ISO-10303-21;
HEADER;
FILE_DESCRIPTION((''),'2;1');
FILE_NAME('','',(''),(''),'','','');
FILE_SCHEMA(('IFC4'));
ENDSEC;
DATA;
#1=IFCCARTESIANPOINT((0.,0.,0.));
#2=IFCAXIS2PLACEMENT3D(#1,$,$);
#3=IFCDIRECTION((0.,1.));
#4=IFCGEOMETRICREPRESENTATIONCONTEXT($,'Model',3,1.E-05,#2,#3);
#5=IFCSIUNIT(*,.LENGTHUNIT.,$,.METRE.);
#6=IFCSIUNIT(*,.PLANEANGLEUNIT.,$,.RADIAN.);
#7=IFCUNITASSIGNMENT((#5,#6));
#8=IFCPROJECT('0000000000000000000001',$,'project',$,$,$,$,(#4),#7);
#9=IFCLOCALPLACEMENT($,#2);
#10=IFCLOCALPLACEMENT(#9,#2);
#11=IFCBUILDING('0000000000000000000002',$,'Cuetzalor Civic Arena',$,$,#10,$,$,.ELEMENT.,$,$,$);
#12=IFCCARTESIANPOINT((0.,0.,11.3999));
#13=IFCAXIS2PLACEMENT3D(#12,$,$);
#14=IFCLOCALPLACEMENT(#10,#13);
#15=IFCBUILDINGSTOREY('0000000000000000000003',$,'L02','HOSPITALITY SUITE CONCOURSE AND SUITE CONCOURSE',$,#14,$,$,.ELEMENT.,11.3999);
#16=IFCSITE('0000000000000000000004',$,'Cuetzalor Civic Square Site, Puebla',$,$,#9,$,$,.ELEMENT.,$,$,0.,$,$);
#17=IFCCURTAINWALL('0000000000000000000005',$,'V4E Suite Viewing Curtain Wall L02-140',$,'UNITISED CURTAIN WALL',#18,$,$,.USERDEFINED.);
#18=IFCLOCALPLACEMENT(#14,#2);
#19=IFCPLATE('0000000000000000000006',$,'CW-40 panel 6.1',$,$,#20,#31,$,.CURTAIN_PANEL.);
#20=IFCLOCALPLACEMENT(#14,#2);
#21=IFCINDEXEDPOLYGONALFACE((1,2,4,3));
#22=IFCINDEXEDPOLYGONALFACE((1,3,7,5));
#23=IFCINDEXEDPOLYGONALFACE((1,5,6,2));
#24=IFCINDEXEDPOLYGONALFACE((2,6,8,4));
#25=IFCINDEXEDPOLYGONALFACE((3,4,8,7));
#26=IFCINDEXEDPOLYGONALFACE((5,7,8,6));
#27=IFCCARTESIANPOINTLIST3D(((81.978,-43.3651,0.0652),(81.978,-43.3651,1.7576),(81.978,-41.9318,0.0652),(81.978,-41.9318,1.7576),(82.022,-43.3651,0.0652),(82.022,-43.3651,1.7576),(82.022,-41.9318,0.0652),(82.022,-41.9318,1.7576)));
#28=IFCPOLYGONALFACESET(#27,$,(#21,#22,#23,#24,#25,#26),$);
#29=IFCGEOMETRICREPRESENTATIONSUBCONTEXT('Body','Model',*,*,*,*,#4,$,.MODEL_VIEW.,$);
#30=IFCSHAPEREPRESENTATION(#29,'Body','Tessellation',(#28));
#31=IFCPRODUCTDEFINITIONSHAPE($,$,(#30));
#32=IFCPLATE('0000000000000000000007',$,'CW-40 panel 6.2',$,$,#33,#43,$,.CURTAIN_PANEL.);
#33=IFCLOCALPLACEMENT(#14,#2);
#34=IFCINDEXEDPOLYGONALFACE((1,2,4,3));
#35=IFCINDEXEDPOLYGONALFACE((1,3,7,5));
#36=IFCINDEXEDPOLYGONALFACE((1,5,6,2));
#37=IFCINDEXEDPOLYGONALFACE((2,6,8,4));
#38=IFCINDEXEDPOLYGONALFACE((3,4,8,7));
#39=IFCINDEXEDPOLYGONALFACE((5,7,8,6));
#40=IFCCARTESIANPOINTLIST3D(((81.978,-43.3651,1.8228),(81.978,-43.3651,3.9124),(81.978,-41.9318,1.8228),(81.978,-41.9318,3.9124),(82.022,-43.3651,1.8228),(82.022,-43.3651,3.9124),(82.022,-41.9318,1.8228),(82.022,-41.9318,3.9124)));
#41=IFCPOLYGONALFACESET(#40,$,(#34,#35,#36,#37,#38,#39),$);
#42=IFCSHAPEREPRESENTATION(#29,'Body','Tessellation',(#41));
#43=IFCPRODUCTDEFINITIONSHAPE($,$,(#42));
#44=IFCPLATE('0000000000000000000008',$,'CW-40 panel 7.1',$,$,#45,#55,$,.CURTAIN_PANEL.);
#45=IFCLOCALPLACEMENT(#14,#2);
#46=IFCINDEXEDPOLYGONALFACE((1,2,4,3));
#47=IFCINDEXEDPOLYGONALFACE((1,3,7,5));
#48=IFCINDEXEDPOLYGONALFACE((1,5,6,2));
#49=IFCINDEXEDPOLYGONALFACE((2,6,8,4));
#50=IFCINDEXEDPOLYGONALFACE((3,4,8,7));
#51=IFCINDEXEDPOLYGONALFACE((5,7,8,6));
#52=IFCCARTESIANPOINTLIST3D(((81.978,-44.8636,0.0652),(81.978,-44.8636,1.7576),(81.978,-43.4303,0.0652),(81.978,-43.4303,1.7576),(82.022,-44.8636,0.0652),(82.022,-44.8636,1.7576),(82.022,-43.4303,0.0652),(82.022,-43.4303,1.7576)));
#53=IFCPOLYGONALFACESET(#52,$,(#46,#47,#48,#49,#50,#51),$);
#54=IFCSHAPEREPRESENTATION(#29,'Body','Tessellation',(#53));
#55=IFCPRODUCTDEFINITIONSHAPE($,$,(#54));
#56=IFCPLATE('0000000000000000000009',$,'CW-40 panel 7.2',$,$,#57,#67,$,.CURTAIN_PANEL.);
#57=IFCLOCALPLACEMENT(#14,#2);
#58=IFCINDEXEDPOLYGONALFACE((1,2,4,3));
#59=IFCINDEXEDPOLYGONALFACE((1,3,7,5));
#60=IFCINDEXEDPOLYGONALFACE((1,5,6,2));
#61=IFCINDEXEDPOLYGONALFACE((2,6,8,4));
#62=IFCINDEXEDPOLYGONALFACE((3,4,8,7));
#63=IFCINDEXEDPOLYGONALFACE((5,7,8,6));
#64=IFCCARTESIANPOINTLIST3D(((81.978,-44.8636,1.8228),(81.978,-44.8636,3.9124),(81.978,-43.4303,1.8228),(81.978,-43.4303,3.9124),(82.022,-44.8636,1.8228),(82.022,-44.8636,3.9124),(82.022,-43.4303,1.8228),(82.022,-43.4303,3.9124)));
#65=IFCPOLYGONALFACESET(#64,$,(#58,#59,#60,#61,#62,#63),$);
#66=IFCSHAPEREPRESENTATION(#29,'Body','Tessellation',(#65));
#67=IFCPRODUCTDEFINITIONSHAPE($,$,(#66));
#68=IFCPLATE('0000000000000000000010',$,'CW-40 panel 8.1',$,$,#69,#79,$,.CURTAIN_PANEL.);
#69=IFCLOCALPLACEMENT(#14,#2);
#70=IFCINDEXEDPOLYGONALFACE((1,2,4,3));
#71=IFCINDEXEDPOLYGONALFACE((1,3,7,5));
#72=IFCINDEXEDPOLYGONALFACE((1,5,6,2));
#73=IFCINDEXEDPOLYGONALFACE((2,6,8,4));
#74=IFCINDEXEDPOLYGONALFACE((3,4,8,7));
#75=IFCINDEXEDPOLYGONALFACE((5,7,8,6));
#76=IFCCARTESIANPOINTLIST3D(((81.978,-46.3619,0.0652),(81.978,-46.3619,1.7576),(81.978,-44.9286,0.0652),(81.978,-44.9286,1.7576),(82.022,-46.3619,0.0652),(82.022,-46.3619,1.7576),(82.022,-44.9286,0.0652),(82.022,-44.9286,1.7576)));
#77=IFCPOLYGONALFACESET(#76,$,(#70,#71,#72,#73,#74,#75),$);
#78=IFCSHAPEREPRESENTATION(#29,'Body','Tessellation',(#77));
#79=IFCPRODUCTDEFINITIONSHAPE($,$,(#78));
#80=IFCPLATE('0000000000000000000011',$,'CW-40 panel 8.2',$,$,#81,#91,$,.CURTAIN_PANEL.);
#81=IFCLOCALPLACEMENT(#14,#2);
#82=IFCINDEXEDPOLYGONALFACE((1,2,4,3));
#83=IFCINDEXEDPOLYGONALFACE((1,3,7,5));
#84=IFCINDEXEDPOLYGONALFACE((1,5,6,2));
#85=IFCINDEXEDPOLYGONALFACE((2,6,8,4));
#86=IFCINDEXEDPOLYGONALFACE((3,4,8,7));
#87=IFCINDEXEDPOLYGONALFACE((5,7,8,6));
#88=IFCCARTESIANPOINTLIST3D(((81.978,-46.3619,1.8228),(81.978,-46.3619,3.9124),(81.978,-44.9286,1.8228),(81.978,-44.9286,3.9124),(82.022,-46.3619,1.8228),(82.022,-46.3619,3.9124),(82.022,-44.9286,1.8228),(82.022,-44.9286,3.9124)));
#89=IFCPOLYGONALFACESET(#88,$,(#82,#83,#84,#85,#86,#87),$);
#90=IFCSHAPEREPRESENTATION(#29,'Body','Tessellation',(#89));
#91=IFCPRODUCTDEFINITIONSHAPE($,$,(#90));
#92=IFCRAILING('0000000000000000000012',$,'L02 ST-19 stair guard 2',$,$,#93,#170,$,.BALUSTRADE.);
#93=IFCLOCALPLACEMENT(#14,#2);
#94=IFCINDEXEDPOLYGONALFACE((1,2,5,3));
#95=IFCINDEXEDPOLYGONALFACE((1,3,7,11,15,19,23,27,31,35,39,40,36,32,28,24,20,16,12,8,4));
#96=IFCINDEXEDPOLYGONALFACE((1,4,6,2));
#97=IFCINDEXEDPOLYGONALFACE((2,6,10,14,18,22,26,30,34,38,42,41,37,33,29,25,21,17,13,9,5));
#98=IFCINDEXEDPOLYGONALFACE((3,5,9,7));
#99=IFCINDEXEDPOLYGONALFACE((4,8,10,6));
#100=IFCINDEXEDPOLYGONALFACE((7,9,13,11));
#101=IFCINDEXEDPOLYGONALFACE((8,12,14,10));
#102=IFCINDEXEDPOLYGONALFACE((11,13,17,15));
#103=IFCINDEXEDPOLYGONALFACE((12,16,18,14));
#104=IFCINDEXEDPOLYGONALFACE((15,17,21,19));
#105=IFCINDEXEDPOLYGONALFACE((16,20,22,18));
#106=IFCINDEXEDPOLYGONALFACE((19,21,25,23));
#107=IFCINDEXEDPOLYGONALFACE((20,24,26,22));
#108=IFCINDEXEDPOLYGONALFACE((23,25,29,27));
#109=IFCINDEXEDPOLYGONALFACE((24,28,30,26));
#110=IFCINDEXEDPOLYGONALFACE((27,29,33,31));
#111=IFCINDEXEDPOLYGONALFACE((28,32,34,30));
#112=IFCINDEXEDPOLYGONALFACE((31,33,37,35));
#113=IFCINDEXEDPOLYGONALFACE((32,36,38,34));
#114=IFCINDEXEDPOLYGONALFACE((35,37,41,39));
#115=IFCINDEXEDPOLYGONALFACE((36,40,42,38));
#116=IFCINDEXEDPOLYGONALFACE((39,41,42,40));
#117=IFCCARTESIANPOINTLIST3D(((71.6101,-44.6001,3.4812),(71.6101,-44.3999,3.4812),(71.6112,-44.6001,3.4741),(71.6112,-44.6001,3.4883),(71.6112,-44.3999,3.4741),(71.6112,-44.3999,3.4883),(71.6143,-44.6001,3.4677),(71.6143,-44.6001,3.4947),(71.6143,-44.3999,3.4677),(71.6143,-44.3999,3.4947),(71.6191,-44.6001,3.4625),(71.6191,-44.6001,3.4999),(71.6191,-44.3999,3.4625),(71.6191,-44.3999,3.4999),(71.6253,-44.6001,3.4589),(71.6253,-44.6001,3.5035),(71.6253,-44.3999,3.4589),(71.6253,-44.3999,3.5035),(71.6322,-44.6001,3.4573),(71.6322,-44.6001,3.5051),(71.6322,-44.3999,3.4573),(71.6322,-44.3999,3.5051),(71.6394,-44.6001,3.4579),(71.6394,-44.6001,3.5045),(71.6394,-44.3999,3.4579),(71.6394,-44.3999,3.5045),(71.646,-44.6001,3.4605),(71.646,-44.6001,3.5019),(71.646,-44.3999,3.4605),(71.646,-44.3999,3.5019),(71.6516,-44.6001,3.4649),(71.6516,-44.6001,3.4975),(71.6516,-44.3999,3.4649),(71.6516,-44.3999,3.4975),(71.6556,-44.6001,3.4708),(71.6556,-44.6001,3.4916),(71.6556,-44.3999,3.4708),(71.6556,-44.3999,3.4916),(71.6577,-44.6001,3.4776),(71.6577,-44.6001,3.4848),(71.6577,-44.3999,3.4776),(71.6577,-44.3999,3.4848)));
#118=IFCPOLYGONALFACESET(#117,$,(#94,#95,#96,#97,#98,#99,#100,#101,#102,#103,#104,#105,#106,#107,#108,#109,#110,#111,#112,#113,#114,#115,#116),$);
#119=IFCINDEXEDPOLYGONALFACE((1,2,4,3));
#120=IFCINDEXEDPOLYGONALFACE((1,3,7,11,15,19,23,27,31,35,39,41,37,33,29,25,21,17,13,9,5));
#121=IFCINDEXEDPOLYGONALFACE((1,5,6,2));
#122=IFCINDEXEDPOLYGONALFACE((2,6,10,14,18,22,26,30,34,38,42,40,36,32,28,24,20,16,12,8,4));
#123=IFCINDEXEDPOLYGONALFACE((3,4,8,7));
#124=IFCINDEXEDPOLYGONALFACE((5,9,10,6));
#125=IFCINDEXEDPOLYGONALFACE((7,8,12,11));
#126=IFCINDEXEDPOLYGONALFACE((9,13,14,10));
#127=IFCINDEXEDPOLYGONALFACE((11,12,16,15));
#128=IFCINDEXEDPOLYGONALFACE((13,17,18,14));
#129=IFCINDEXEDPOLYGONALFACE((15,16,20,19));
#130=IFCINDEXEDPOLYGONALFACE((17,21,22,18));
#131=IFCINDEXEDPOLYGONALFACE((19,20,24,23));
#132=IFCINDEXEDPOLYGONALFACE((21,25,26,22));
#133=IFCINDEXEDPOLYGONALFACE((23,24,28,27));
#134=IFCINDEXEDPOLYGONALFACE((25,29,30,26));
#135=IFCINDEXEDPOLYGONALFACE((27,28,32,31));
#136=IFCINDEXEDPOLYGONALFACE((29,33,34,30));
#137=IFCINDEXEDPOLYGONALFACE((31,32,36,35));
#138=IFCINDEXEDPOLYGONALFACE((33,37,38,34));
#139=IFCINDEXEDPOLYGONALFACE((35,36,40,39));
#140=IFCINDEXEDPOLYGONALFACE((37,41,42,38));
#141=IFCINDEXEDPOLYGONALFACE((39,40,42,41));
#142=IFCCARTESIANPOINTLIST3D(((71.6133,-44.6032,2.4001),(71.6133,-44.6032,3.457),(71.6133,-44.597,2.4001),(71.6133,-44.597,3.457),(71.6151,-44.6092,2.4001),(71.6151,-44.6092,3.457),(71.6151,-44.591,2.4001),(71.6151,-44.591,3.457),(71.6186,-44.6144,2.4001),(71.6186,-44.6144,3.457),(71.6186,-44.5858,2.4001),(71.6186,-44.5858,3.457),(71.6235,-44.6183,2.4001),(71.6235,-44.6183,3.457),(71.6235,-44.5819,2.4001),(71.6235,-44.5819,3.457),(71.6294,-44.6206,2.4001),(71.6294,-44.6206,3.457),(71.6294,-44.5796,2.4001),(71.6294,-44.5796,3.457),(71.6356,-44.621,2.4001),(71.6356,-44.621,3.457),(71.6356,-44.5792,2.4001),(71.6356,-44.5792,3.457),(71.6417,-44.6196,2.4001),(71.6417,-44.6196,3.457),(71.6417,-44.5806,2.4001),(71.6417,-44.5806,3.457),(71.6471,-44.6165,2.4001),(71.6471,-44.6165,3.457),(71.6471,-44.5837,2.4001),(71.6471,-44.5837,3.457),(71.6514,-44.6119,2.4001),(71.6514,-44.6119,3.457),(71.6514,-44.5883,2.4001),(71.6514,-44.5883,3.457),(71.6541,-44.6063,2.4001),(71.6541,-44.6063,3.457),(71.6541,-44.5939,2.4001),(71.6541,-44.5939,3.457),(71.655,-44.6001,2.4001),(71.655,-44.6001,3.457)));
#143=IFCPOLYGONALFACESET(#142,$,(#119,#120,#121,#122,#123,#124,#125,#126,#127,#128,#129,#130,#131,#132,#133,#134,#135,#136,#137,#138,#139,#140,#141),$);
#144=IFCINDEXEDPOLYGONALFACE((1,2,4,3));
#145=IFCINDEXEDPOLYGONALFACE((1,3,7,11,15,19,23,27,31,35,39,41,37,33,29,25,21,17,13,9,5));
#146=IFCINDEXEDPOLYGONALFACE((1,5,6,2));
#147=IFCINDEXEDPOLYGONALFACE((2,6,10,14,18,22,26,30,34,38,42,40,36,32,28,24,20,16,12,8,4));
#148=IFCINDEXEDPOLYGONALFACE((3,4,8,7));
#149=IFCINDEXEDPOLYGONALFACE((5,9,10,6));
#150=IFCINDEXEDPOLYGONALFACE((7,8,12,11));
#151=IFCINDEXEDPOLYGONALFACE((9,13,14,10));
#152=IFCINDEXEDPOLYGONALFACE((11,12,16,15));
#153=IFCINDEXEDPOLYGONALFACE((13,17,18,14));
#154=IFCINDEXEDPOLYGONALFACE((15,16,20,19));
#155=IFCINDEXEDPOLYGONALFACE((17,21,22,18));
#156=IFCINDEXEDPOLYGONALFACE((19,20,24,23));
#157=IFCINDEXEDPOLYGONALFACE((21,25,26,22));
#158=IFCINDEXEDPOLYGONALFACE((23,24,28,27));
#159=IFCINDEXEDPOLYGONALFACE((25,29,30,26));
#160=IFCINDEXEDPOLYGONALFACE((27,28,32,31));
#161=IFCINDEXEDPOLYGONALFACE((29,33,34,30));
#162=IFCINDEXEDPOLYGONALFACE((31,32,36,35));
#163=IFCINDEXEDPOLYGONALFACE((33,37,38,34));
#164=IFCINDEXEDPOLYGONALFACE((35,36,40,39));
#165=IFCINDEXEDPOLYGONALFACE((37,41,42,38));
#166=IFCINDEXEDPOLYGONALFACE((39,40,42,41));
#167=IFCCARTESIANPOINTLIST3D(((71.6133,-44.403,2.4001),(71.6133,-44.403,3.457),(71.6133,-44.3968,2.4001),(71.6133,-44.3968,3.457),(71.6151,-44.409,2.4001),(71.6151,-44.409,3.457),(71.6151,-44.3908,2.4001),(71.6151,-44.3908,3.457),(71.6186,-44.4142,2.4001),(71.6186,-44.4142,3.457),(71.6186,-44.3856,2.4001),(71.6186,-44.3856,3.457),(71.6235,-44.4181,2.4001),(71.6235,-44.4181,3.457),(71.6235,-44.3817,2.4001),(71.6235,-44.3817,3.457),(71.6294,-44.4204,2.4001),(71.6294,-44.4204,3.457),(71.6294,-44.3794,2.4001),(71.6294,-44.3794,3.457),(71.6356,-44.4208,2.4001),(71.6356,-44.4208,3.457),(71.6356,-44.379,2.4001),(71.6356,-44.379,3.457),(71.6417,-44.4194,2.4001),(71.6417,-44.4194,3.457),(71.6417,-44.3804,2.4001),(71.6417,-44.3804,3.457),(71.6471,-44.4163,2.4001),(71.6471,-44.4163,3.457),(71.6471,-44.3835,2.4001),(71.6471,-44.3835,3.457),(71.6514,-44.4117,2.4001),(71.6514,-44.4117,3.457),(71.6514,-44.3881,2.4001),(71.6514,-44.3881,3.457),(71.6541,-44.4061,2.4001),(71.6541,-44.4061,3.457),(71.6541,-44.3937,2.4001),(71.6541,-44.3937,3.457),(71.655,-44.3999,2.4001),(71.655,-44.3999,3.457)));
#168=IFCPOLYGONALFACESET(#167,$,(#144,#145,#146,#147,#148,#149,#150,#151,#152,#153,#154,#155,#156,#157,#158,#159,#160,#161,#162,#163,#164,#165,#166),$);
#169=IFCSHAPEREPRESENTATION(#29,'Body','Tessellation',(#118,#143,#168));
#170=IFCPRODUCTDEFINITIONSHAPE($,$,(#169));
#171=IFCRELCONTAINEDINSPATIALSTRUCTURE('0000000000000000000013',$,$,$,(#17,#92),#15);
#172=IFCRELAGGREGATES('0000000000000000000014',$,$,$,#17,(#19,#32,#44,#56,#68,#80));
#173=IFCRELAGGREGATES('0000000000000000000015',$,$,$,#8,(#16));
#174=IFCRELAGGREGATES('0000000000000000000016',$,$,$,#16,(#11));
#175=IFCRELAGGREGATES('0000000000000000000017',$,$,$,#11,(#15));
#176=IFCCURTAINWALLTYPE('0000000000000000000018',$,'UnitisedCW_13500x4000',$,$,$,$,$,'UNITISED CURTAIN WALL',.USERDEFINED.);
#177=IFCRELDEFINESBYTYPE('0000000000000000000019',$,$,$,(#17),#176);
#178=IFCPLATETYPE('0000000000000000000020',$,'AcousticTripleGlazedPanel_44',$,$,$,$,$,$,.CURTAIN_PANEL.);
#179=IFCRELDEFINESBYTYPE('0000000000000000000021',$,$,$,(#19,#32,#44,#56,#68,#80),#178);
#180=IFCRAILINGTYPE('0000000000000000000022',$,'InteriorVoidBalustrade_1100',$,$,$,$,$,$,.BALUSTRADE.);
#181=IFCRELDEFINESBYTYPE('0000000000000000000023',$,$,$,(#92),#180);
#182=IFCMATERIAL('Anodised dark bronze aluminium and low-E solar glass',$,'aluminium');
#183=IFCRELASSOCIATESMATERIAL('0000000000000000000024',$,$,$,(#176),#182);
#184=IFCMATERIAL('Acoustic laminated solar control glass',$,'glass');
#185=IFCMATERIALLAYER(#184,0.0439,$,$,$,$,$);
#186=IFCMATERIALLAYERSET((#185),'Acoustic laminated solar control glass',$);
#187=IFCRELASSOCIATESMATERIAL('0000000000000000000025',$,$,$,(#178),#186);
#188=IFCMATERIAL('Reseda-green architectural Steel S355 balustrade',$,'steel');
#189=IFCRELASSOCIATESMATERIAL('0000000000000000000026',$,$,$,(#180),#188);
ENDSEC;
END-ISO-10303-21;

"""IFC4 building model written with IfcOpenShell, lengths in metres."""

from ifc_helpers import new_model, si_unit, direction, frame, origin, origin_2d, place, context, subcontext, project, spatial, rectangle, circle, extrude, material, layer, layer_set, type_object, element, aggregate, save


model = new_model("IFC4")

# Units and contexts
model_context = context("Model", 3, precision=1e-05, world=origin(), true_north=direction((0.0, 1.0)))
body_context = subcontext(model_context, "Body", "Model", "MODEL_VIEW")
ifc_project = project(units=[si_unit("LENGTHUNIT", "METRE"), si_unit("PLANEANGLEUNIT", "RADIAN")], contexts=[model_context])

# Site, building, storey
site_placement = place(None, origin())
site = spatial("IfcSite", under=ifc_project, at=site_placement, Name="Cuetzalor Civic Square Site, Puebla", CompositionType="ELEMENT", RefElevation=0.0)
building_placement = place(site_placement, origin())
building = spatial("IfcBuilding", under=site, at=building_placement, Name="Cuetzalor Civic Arena", CompositionType="ELEMENT")
storey_placement = place(building_placement, frame((0.0, 0.0, 11.3999)))
storey = spatial("IfcBuildingStorey", under=building, at=storey_placement, Name="L02", Description="HOSPITALITY SUITE CONCOURSE AND SUITE CONCOURSE", CompositionType="ELEMENT", Elevation=11.3999)

# Curtain wall, plates
ifc_material_1 = material(Name="Anodised dark bronze aluminium and low-E solar glass", Category="aluminium")
curtain_wall_type = type_object("IfcCurtainWallType", Name="UnitisedCW_13500x4000", ElementType="UNITISED CURTAIN WALL", PredefinedType="USERDEFINED", material=ifc_material_1)
curtain_wall_placement = place(storey_placement, origin())
curtain_wall = element("IfcCurtainWall", 1, at=curtain_wall_placement, inside=storey, type_object=curtain_wall_type, Name="V4E Suite Viewing Curtain Wall L02-140", ObjectType="UNITISED CURTAIN WALL", PredefinedType="USERDEFINED")
ifc_material_2 = material(Name="Acoustic laminated solar control glass", Category="glass")
ifc_layer = layer(ifc_material_2, 0.0439)
ifc_layer_set = layer_set([ifc_layer], Name="Acoustic laminated solar control glass")
plate_type = type_object("IfcPlateType", Name="AcousticTripleGlazedPanel_44", PredefinedType="CURTAIN_PANEL", material=ifc_layer_set)
plate_1_placement = place(storey_placement, frame((82.0, -42.6484, 0.0652), z_axis=(0.0, 0.0, 1.0), x_axis=(0.0, -1.0, 0.0)))
plate_1 = element("IfcPlate", 2, at=plate_1_placement, type_object=plate_type, Name="CW-40 panel 6.1", PredefinedType="CURTAIN_PANEL", context=body_context, shape_type="SweptSolid", body=[
    extrude(rectangle(XDim=1.4333, YDim=0.0439, at=origin_2d()), origin(), (0.0, 0.0, 1.0), 1.6924),
])
plate_2_placement = place(storey_placement, frame((82.0, -42.6484, 1.8228), z_axis=(0.0, 0.0, 1.0), x_axis=(0.0, -1.0, 0.0)))
plate_2 = element("IfcPlate", 3, at=plate_2_placement, type_object=plate_type, Name="CW-40 panel 6.2", PredefinedType="CURTAIN_PANEL", context=body_context, shape_type="SweptSolid", body=[
    extrude(rectangle(XDim=1.4333, YDim=0.0439, at=origin_2d()), origin(), (0.0, 0.0, 1.0), 2.0896),
])
plate_3_placement = place(storey_placement, frame((82.0, -44.147, 0.0652), z_axis=(0.0, 0.0, 1.0), x_axis=(0.0, -1.0, 0.0)))
plate_3 = element("IfcPlate", 4, at=plate_3_placement, type_object=plate_type, Name="CW-40 panel 7.1", PredefinedType="CURTAIN_PANEL", context=body_context, shape_type="SweptSolid", body=[
    extrude(rectangle(XDim=1.4333, YDim=0.0439, at=origin_2d()), origin(), (0.0, 0.0, 1.0), 1.6924),
])
plate_4_placement = place(storey_placement, frame((82.0, -44.147, 1.8228), z_axis=(0.0, 0.0, 1.0), x_axis=(0.0, -1.0, 0.0)))
plate_4 = element("IfcPlate", 5, at=plate_4_placement, type_object=plate_type, Name="CW-40 panel 7.2", PredefinedType="CURTAIN_PANEL", context=body_context, shape_type="SweptSolid", body=[
    extrude(rectangle(XDim=1.4333, YDim=0.0439, at=origin_2d()), origin(), (0.0, 0.0, 1.0), 2.0896),
])
plate_5_placement = place(storey_placement, frame((82.0, -45.6453, 0.0652), z_axis=(0.0, 0.0, 1.0), x_axis=(0.0, -1.0, 0.0)))
plate_5 = element("IfcPlate", 6, at=plate_5_placement, type_object=plate_type, Name="CW-40 panel 8.1", PredefinedType="CURTAIN_PANEL", context=body_context, shape_type="SweptSolid", body=[
    extrude(rectangle(XDim=1.4333, YDim=0.0439, at=origin_2d()), origin(), (0.0, 0.0, 1.0), 1.6924),
])
plate_6_placement = place(storey_placement, frame((82.0, -45.6453, 1.8228), z_axis=(0.0, 0.0, 1.0), x_axis=(0.0, -1.0, 0.0)))
plate_6 = element("IfcPlate", 7, at=plate_6_placement, type_object=plate_type, Name="CW-40 panel 8.2", PredefinedType="CURTAIN_PANEL", context=body_context, shape_type="SweptSolid", body=[
    extrude(rectangle(XDim=1.4333, YDim=0.0439, at=origin_2d()), origin(), (0.0, 0.0, 1.0), 2.0896),
])
aggregate(curtain_wall, [plate_1, plate_2, plate_3, plate_4, plate_5, plate_6])

# Railing
ifc_material_3 = material(Name="Reseda-green architectural Steel S355 balustrade", Category="steel")
railing_type = type_object("IfcRailingType", Name="InteriorVoidBalustrade_1100", PredefinedType="BALUSTRADE", material=ifc_material_3)
railing_placement = place(storey_placement, frame((71.634, -44.6001, 2.4001)))
element("IfcRailing", 8, at=railing_placement, inside=storey, type_object=railing_type, Name="L02 ST-19 stair guard 2", PredefinedType="BALUSTRADE", context=body_context, shape_type="SweptSolid", body=[
    extrude(circle(Radius=0.0239, at=origin_2d()), frame((0.0, 0.0, 1.0811), z_axis=(0.0, 1.0, 0.0), x_axis=(-1.0, 0.0, 0.0)), (0.0, 0.0, 1.0), 0.2002),
    extrude(circle(Radius=0.021, at=origin_2d()), origin(), (0.0, 0.0, 1.0), 1.0569),
    extrude(circle(Radius=0.021, at=origin_2d()), frame((0.0, 0.2002, 0.0)), (0.0, 0.0, 1.0), 1.0569),
])

save(model, "model.ifc")
